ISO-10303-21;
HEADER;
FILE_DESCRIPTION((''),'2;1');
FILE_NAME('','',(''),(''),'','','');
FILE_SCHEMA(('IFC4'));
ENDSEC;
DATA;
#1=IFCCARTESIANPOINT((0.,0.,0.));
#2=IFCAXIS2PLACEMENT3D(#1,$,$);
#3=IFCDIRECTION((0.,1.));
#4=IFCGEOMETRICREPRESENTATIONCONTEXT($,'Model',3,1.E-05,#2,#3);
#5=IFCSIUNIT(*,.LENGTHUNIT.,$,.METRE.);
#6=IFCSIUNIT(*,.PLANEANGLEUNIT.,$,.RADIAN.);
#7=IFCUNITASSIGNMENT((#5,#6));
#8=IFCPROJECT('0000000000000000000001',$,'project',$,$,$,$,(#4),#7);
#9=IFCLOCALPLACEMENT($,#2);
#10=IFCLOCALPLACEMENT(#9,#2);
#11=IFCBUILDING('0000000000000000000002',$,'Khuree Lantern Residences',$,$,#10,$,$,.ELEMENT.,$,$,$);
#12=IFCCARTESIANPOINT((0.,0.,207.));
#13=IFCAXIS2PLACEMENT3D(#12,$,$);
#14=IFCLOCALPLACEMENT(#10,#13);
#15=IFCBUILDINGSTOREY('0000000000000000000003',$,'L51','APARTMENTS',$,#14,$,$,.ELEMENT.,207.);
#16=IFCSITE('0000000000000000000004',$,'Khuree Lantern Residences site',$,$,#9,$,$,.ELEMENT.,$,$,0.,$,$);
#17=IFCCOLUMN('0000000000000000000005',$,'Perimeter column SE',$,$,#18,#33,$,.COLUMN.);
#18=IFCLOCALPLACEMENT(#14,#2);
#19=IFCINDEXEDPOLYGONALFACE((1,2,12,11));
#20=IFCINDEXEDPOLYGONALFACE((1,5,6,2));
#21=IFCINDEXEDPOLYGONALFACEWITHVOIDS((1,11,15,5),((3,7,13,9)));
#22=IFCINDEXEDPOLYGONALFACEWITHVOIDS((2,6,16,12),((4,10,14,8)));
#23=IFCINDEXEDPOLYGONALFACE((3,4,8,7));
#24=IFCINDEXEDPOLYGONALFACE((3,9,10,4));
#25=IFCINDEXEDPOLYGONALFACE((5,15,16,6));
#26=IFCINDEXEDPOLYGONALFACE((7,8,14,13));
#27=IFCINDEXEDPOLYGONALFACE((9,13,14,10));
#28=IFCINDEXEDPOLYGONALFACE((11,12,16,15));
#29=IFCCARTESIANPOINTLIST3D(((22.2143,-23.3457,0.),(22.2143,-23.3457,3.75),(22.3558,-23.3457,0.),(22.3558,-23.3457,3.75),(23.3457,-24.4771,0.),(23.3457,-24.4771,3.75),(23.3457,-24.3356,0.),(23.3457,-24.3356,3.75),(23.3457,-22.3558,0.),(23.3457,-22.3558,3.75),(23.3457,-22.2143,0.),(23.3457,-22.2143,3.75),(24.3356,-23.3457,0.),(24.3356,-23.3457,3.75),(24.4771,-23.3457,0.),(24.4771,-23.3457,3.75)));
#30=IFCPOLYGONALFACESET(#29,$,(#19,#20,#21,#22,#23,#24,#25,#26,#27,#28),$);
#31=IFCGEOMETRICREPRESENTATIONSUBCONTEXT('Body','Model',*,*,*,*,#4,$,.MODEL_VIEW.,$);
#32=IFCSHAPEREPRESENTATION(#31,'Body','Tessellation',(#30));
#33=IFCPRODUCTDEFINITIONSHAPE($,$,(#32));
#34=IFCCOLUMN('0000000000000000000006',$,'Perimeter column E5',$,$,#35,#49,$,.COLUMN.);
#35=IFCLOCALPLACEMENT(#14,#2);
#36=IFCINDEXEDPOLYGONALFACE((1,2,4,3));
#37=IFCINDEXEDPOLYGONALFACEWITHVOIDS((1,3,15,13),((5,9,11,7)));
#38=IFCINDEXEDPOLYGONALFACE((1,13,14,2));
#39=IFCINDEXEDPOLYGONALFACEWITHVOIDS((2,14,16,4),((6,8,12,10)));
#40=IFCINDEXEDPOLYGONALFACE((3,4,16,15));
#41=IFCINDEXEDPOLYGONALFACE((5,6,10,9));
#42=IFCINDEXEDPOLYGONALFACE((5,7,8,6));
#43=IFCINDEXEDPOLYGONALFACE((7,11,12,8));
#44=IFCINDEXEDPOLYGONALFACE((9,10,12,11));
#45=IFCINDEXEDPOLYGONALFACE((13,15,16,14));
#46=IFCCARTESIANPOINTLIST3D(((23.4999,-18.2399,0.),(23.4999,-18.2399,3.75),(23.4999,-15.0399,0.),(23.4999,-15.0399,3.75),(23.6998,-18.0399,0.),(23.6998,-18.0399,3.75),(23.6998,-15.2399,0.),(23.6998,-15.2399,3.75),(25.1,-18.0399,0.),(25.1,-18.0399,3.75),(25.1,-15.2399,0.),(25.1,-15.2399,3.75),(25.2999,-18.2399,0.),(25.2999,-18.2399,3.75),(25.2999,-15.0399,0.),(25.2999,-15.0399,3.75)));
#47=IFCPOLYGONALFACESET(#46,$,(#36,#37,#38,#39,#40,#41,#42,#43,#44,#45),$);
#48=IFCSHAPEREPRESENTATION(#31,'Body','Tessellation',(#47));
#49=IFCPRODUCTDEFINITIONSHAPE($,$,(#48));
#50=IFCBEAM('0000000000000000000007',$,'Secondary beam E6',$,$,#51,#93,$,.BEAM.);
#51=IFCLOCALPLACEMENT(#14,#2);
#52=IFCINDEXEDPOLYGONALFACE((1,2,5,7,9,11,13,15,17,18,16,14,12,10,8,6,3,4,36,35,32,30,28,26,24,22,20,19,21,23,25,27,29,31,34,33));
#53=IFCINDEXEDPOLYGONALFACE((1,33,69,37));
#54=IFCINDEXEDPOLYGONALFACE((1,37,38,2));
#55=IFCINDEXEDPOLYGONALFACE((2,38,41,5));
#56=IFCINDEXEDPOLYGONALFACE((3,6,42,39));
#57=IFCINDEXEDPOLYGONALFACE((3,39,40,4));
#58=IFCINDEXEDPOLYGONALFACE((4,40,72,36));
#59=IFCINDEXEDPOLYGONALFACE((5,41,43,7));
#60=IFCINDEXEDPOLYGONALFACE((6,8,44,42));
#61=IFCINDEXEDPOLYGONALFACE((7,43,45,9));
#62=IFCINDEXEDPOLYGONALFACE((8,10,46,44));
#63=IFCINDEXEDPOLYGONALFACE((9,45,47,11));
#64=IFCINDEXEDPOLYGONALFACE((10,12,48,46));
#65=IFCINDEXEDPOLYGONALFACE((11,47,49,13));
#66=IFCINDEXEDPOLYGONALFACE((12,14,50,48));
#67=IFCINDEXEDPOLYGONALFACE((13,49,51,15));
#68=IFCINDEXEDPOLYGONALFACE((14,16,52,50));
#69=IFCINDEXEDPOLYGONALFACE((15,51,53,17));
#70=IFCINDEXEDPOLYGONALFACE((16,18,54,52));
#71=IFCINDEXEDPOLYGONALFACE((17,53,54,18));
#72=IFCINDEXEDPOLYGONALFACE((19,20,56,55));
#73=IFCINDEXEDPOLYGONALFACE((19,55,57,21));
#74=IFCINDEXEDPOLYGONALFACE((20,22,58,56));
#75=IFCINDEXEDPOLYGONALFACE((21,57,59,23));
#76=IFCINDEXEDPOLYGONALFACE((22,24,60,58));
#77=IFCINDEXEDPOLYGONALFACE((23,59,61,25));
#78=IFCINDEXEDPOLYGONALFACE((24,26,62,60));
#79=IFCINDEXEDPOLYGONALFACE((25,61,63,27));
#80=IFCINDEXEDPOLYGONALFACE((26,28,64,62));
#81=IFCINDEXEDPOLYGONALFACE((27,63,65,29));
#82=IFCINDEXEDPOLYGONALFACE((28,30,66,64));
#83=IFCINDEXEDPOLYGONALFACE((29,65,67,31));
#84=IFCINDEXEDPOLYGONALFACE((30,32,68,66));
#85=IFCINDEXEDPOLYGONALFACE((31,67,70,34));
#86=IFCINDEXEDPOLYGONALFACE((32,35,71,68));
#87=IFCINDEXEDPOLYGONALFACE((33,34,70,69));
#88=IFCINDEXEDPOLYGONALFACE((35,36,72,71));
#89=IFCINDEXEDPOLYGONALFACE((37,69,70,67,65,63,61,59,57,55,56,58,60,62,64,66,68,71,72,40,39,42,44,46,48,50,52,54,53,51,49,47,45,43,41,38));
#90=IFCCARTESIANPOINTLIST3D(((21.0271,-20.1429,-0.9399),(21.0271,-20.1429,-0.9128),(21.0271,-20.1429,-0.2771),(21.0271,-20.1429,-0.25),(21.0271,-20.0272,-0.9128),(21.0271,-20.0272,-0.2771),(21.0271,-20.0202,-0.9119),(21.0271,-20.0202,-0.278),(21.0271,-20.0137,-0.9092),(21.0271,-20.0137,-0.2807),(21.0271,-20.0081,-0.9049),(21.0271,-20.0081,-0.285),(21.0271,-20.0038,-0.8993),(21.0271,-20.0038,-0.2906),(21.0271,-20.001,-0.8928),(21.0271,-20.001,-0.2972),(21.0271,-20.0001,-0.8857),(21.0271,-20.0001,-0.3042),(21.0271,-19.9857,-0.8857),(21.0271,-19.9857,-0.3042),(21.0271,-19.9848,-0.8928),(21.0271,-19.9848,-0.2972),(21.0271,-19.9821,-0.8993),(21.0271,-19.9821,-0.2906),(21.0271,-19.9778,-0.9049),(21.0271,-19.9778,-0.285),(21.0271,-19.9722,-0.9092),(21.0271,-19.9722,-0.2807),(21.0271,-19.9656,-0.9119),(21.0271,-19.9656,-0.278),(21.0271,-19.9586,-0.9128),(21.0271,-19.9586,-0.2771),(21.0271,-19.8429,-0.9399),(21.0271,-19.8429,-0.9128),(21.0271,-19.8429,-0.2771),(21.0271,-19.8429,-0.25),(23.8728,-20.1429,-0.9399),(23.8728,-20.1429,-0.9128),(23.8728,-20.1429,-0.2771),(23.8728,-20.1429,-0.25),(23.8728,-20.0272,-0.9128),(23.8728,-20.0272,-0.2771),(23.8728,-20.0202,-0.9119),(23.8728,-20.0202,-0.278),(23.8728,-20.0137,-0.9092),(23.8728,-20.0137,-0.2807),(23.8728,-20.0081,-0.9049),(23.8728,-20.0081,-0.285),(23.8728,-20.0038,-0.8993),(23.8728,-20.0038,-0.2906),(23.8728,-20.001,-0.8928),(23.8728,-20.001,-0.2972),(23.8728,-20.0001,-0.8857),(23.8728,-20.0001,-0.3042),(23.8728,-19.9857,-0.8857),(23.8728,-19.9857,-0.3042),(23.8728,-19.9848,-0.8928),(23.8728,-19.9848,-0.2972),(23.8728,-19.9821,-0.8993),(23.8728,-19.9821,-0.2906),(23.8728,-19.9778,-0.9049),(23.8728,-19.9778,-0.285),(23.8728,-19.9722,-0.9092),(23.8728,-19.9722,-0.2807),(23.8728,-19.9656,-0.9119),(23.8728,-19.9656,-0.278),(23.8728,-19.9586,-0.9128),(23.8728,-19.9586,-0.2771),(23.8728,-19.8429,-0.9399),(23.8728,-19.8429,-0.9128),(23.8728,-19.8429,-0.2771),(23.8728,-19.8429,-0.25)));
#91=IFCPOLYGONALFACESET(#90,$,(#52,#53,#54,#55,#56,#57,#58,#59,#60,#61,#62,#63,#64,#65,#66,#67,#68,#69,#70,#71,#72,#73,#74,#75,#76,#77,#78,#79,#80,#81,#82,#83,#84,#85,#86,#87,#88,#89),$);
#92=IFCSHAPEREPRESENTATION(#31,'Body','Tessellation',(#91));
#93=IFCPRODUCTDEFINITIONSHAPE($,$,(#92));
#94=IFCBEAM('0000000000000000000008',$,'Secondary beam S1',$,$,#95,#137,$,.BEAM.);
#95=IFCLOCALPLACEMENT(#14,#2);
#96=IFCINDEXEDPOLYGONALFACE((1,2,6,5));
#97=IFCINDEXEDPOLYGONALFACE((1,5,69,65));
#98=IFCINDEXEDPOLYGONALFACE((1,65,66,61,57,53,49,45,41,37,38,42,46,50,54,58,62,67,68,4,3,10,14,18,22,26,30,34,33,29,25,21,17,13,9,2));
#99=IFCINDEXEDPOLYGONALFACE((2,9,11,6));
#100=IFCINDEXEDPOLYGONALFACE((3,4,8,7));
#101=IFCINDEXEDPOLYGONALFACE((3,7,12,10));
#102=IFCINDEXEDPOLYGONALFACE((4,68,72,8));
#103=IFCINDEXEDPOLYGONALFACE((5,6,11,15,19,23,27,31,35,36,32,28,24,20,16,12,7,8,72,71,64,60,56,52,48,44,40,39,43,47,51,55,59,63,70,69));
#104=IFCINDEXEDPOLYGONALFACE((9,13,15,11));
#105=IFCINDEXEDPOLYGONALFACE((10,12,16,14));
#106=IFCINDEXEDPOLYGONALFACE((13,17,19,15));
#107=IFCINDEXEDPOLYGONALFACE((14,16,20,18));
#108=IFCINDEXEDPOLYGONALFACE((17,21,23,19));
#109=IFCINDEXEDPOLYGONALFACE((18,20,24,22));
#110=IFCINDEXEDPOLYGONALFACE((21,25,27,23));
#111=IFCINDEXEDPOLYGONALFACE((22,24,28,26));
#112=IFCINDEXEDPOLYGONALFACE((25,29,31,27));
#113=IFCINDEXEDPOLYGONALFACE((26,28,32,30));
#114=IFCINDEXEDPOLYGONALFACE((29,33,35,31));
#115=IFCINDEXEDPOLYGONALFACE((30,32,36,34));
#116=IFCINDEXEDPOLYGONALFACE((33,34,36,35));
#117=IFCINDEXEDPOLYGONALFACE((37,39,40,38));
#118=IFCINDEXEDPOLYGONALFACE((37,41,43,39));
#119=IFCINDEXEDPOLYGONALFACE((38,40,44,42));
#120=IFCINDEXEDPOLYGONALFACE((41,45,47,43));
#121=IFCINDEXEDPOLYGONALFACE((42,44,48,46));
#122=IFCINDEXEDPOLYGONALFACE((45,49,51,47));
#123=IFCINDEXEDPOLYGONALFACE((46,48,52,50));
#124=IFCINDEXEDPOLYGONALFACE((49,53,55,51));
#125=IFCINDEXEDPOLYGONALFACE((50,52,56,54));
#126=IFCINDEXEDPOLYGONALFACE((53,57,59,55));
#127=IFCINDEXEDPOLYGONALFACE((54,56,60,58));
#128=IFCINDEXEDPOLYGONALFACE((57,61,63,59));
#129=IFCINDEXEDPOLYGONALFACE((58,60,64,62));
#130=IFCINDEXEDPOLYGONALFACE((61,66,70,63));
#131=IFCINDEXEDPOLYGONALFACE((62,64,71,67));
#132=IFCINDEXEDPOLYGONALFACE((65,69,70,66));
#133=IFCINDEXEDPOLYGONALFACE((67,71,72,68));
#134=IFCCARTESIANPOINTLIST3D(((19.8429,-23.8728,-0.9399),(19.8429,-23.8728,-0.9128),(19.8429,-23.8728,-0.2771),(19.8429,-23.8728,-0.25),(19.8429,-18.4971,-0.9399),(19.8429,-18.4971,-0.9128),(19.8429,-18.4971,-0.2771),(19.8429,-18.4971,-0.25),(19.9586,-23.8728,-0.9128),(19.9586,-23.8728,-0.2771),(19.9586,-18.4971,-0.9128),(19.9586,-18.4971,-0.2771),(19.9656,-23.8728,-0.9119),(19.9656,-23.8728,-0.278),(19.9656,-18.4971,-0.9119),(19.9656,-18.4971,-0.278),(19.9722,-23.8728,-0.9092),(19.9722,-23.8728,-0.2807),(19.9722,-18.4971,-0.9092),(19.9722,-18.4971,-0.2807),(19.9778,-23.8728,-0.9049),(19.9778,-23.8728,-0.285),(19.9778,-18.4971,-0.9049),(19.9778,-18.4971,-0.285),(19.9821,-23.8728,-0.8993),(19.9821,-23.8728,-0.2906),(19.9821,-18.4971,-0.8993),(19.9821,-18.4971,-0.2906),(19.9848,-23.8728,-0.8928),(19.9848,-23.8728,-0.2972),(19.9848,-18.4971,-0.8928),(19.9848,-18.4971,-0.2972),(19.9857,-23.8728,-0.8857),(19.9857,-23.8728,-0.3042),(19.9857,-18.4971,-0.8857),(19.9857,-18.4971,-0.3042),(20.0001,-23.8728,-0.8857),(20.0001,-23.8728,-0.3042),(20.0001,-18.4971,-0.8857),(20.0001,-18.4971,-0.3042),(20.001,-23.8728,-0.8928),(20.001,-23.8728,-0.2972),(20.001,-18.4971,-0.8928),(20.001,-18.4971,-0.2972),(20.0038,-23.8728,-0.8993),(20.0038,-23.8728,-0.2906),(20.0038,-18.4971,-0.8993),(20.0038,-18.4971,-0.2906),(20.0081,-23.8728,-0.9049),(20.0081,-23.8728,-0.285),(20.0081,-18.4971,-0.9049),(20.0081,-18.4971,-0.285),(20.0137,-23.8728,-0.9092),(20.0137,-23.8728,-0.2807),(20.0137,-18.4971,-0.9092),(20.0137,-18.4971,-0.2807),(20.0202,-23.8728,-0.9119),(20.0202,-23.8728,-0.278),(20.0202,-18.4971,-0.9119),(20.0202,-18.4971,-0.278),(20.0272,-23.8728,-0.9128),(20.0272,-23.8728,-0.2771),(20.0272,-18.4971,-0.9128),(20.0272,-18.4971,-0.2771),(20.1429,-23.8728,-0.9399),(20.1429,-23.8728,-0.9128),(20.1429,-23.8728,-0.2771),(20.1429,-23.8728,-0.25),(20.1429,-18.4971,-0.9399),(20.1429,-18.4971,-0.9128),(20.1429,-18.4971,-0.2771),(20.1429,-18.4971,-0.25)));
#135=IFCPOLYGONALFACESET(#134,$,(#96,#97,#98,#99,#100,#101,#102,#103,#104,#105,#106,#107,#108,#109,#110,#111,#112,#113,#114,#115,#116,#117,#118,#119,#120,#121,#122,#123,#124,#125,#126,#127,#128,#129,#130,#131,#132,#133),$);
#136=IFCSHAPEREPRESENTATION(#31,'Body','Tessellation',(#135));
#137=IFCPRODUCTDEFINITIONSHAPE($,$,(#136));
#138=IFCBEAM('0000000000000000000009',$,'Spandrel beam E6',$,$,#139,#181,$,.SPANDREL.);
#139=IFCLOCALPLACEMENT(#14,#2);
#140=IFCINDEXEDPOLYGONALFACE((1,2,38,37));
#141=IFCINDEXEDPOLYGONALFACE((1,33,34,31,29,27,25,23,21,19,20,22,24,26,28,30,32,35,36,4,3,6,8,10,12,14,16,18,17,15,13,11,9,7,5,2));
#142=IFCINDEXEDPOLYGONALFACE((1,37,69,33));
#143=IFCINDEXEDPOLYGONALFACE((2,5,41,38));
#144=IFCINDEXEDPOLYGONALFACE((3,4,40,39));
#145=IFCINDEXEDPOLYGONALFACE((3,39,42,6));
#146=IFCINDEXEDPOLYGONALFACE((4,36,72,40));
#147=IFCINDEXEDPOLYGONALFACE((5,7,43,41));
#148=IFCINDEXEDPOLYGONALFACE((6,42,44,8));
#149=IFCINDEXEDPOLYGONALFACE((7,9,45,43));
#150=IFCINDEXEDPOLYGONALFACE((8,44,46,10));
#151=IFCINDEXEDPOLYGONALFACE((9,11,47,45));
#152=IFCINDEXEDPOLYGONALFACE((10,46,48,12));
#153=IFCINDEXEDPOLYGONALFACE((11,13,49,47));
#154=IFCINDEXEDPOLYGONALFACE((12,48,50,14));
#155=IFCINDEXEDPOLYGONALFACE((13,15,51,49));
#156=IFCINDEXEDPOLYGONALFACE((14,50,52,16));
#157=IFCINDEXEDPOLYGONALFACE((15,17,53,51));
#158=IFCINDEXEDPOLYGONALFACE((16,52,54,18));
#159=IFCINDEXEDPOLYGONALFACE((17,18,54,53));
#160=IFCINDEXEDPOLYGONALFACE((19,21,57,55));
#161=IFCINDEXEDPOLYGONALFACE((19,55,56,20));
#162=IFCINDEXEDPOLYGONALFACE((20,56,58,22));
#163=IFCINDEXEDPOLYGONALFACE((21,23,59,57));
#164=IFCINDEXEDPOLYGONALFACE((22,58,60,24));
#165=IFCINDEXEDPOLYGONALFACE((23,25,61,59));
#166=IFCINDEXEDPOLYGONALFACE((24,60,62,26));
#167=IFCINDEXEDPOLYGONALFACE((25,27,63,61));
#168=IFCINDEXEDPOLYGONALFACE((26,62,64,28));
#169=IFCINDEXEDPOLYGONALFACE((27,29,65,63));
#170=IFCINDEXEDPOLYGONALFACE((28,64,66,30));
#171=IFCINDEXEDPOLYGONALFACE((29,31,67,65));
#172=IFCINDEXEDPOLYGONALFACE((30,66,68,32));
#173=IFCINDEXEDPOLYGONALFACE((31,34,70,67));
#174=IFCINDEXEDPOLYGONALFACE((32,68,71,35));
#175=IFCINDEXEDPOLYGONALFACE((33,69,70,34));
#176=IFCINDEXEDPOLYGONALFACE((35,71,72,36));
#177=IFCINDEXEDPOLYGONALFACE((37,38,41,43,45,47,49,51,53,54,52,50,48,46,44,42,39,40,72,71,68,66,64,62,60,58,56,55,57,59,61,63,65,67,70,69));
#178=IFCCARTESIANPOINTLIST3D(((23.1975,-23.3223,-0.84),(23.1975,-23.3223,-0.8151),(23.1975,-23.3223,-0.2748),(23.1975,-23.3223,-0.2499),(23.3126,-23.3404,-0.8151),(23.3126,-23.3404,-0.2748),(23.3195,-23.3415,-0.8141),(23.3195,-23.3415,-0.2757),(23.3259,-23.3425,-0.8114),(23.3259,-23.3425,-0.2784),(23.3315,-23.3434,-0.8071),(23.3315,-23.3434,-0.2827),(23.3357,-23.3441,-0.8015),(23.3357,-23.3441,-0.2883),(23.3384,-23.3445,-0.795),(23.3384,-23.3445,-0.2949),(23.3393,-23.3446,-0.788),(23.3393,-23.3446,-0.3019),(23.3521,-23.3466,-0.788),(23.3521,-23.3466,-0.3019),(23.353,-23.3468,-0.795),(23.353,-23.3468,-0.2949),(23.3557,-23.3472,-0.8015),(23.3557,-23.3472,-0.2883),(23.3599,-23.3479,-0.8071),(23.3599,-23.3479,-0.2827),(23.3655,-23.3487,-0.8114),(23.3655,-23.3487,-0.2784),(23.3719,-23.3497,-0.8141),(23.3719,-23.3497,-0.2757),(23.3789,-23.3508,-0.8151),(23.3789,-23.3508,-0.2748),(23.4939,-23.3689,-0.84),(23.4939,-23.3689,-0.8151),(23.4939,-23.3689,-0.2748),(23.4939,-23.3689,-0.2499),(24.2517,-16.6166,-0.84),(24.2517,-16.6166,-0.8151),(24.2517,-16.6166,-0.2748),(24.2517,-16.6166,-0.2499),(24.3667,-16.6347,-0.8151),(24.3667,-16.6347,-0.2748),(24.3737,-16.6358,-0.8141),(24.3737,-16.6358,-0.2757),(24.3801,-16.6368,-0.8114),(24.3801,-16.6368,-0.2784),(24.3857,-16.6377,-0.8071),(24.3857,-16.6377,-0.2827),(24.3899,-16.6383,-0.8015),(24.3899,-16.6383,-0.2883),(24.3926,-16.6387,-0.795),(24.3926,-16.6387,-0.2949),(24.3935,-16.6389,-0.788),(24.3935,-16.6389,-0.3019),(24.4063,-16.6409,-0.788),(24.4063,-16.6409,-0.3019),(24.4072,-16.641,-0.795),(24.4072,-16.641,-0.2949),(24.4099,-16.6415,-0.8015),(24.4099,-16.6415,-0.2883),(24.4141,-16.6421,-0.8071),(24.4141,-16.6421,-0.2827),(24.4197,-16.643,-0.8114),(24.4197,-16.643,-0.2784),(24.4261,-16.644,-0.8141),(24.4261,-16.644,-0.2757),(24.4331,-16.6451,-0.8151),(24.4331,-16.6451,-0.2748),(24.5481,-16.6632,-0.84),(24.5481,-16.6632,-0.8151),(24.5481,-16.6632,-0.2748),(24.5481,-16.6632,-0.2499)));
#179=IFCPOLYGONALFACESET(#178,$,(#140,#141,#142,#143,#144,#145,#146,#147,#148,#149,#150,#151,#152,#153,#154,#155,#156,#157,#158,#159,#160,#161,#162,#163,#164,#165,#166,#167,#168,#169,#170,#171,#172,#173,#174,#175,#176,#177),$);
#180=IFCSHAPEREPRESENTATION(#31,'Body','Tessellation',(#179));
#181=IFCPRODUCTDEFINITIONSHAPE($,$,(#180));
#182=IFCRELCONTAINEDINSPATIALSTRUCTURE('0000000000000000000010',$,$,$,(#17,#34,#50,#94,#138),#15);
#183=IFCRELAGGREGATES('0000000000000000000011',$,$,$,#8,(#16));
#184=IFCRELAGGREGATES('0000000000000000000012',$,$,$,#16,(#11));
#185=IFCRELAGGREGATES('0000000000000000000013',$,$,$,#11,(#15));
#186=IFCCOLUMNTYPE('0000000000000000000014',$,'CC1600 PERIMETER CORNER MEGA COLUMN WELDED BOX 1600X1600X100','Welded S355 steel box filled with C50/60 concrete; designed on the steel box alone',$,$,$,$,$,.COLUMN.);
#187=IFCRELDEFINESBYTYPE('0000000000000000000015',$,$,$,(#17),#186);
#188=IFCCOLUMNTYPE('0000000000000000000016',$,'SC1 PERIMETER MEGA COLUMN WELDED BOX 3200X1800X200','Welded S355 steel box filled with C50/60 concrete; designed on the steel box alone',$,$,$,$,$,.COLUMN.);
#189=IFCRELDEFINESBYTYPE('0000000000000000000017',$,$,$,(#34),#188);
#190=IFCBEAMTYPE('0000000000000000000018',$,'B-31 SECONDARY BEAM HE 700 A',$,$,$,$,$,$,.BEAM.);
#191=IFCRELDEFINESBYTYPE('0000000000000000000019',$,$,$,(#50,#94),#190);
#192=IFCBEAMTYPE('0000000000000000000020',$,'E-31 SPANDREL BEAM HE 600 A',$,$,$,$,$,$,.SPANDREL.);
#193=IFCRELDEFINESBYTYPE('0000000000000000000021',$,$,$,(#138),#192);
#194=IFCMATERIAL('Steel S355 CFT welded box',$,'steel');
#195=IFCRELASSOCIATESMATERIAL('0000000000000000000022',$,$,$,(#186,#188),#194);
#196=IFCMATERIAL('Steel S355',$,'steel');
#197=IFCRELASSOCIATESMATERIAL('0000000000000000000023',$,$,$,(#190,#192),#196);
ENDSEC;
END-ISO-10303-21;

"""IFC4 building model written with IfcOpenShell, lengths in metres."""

from ifc_helpers import new_model, si_unit, direction, frame, origin, origin_2d, place, context, subcontext, project, spatial, hollow_rectangle, i_section, extrude, material, material_profile, profile_set, type_object, element, save


model = new_model("IFC4")

# Units and contexts
model_context = context("Model", 3, precision=1e-05, world=origin(), true_north=direction((0.0, 1.0)))
body_context = subcontext(model_context, "Body", "Model", "MODEL_VIEW")
ifc_project = project(units=[si_unit("LENGTHUNIT", "METRE"), si_unit("PLANEANGLEUNIT", "RADIAN")], contexts=[model_context])

# Site, building, storey
site_placement = place(None, origin())
site = spatial("IfcSite", under=ifc_project, at=site_placement, Name="Khuree Lantern Residences site", CompositionType="ELEMENT", RefElevation=0.0)
building_placement = place(site_placement, origin())
building = spatial("IfcBuilding", under=site, at=building_placement, Name="Khuree Lantern Residences", CompositionType="ELEMENT")
storey_placement = place(building_placement, frame((0.0, 0.0, 207.0)))
storey = spatial("IfcBuildingStorey", under=building, at=storey_placement, Name="L51", Description="APARTMENTS", CompositionType="ELEMENT", Elevation=207.0)

# Columns
ifc_material_1 = material(Name="Steel S355 CFT welded box", Category="steel")
ifc_material_profile_1 = material_profile(ifc_material_1, hollow_rectangle(XDim=1.6001, YDim=1.6001, WallThickness=0.1001, at=origin_2d()), Name="WELDED BOX 1600X1600X100")
ifc_profile_set_1 = profile_set([ifc_material_profile_1], Name="Steel S355 CFT welded box")
column_type_1 = type_object("IfcColumnType", Name="CC1600 PERIMETER CORNER MEGA COLUMN WELDED BOX 1600X1600X100", Description="Welded S355 steel box filled with C50/60 concrete; designed on the steel box alone", PredefinedType="COLUMN", material=ifc_profile_set_1)
column_1_placement = place(storey_placement, frame((23.3457, -23.3457, 0.0), z_axis=(0.0, 0.0, 1.0), x_axis=(0.707107, 0.707107, 0.0)))
element("IfcColumn", 1, at=column_1_placement, inside=storey, type_object=column_type_1, Name="Perimeter column SE", PredefinedType="COLUMN", context=body_context, shape_type="SweptSolid", body=[
    extrude(hollow_rectangle(XDim=1.6001, YDim=1.6001, WallThickness=0.1001, at=origin_2d()), origin(), (0.0, 0.0, 1.0), 3.75),
])
ifc_material_profile_2 = material_profile(ifc_material_1, hollow_rectangle(XDim=3.2, YDim=1.8, WallThickness=0.2, at=origin_2d()), Name="WELDED BOX 3200X1800X200")
ifc_profile_set_2 = profile_set([ifc_material_profile_2], Name="Steel S355 CFT welded box")
column_type_2 = type_object("IfcColumnType", Name="SC1 PERIMETER MEGA COLUMN WELDED BOX 3200X1800X200", Description="Welded S355 steel box filled with C50/60 concrete; designed on the steel box alone", PredefinedType="COLUMN", material=ifc_profile_set_2)
column_2_placement = place(storey_placement, frame((24.3999, -16.6399, 0.0), z_axis=(0.0, 0.0, 1.0), x_axis=(0.0, 1.0, 0.0)))
element("IfcColumn", 2, at=column_2_placement, inside=storey, type_object=column_type_2, Name="Perimeter column E5", PredefinedType="COLUMN", context=body_context, shape_type="SweptSolid", body=[
    extrude(hollow_rectangle(XDim=3.2, YDim=1.8, WallThickness=0.2, at=origin_2d()), origin(), (0.0, 0.0, 1.0), 3.75),
])

# Beams
ifc_material_2 = material(Name="Steel S355", Category="steel")
ifc_material_profile_3 = material_profile(ifc_material_2, i_section(OverallWidth=0.3, OverallDepth=0.6899, WebThickness=0.0144, FlangeThickness=0.0271, FilletRadius=0.0271, at=origin_2d()), Name="HE 700 A")
ifc_profile_set_3 = profile_set([ifc_material_profile_3], Name="Steel S355")
beam_type_1 = type_object("IfcBeamType", Name="B-31 SECONDARY BEAM HE 700 A", PredefinedType="BEAM", material=ifc_profile_set_3)
beam_1_placement = place(storey_placement, frame((23.8728, -19.9929, -0.595), z_axis=(-1.0, 0.0, 0.0), x_axis=(0.0, -1.0, 0.0)))
element("IfcBeam", 3, at=beam_1_placement, inside=storey, type_object=beam_type_1, Name="Secondary beam E6", PredefinedType="BEAM", context=body_context, shape_type="SweptSolid", body=[
    extrude(i_section(OverallWidth=0.3, OverallDepth=0.6899, WebThickness=0.0144, FlangeThickness=0.0271, FilletRadius=0.0271, at=origin_2d()), origin(), (0.0, 0.0, 1.0), 2.8457),
])
beam_2_placement = place(storey_placement, frame((19.9929, -23.8728, -0.595), z_axis=(0.0, 1.0, 0.0), x_axis=(-1.0, 0.0, 0.0)))
element("IfcBeam", 4, at=beam_2_placement, inside=storey, type_object=beam_type_1, Name="Secondary beam S1", PredefinedType="BEAM", context=body_context, shape_type="SweptSolid", body=[
    extrude(i_section(OverallWidth=0.3, OverallDepth=0.6899, WebThickness=0.0144, FlangeThickness=0.0271, FilletRadius=0.0271, at=origin_2d()), origin(), (0.0, 0.0, 1.0), 5.3757),
])
ifc_material_profile_4 = material_profile(ifc_material_2, i_section(OverallWidth=0.3, OverallDepth=0.5901, WebThickness=0.0129, FlangeThickness=0.0249, FilletRadius=0.0271, at=origin_2d()), Name="HE 600 A")
ifc_profile_set_4 = profile_set([ifc_material_profile_4], Name="Steel S355")
beam_type_2 = type_object("IfcBeamType", Name="E-31 SPANDREL BEAM HE 600 A", PredefinedType="SPANDREL", material=ifc_profile_set_4)
for number, where, z_axis, x_axis, name in (
    (5, (24.3999, -16.6399, -0.5449), (-0.1553, -0.987867, 0.0), (0.987867, -0.1553, 0.0), "Spandrel beam E6"),
):
    element("IfcBeam", number, at=place(storey_placement, frame(where, z_axis=z_axis, x_axis=x_axis)), inside=storey, type_object=beam_type_2, Name=name, PredefinedType="SPANDREL", context=body_context, shape_type="SweptSolid", body=[
        extrude(i_section(OverallWidth=0.3, OverallDepth=0.5901, WebThickness=0.0129, FlangeThickness=0.0249, FilletRadius=0.0271, at=origin_2d()), origin(), (0.0, 0.0, 1.0), 6.7881),
    ])

save(model, "model.ifc")
